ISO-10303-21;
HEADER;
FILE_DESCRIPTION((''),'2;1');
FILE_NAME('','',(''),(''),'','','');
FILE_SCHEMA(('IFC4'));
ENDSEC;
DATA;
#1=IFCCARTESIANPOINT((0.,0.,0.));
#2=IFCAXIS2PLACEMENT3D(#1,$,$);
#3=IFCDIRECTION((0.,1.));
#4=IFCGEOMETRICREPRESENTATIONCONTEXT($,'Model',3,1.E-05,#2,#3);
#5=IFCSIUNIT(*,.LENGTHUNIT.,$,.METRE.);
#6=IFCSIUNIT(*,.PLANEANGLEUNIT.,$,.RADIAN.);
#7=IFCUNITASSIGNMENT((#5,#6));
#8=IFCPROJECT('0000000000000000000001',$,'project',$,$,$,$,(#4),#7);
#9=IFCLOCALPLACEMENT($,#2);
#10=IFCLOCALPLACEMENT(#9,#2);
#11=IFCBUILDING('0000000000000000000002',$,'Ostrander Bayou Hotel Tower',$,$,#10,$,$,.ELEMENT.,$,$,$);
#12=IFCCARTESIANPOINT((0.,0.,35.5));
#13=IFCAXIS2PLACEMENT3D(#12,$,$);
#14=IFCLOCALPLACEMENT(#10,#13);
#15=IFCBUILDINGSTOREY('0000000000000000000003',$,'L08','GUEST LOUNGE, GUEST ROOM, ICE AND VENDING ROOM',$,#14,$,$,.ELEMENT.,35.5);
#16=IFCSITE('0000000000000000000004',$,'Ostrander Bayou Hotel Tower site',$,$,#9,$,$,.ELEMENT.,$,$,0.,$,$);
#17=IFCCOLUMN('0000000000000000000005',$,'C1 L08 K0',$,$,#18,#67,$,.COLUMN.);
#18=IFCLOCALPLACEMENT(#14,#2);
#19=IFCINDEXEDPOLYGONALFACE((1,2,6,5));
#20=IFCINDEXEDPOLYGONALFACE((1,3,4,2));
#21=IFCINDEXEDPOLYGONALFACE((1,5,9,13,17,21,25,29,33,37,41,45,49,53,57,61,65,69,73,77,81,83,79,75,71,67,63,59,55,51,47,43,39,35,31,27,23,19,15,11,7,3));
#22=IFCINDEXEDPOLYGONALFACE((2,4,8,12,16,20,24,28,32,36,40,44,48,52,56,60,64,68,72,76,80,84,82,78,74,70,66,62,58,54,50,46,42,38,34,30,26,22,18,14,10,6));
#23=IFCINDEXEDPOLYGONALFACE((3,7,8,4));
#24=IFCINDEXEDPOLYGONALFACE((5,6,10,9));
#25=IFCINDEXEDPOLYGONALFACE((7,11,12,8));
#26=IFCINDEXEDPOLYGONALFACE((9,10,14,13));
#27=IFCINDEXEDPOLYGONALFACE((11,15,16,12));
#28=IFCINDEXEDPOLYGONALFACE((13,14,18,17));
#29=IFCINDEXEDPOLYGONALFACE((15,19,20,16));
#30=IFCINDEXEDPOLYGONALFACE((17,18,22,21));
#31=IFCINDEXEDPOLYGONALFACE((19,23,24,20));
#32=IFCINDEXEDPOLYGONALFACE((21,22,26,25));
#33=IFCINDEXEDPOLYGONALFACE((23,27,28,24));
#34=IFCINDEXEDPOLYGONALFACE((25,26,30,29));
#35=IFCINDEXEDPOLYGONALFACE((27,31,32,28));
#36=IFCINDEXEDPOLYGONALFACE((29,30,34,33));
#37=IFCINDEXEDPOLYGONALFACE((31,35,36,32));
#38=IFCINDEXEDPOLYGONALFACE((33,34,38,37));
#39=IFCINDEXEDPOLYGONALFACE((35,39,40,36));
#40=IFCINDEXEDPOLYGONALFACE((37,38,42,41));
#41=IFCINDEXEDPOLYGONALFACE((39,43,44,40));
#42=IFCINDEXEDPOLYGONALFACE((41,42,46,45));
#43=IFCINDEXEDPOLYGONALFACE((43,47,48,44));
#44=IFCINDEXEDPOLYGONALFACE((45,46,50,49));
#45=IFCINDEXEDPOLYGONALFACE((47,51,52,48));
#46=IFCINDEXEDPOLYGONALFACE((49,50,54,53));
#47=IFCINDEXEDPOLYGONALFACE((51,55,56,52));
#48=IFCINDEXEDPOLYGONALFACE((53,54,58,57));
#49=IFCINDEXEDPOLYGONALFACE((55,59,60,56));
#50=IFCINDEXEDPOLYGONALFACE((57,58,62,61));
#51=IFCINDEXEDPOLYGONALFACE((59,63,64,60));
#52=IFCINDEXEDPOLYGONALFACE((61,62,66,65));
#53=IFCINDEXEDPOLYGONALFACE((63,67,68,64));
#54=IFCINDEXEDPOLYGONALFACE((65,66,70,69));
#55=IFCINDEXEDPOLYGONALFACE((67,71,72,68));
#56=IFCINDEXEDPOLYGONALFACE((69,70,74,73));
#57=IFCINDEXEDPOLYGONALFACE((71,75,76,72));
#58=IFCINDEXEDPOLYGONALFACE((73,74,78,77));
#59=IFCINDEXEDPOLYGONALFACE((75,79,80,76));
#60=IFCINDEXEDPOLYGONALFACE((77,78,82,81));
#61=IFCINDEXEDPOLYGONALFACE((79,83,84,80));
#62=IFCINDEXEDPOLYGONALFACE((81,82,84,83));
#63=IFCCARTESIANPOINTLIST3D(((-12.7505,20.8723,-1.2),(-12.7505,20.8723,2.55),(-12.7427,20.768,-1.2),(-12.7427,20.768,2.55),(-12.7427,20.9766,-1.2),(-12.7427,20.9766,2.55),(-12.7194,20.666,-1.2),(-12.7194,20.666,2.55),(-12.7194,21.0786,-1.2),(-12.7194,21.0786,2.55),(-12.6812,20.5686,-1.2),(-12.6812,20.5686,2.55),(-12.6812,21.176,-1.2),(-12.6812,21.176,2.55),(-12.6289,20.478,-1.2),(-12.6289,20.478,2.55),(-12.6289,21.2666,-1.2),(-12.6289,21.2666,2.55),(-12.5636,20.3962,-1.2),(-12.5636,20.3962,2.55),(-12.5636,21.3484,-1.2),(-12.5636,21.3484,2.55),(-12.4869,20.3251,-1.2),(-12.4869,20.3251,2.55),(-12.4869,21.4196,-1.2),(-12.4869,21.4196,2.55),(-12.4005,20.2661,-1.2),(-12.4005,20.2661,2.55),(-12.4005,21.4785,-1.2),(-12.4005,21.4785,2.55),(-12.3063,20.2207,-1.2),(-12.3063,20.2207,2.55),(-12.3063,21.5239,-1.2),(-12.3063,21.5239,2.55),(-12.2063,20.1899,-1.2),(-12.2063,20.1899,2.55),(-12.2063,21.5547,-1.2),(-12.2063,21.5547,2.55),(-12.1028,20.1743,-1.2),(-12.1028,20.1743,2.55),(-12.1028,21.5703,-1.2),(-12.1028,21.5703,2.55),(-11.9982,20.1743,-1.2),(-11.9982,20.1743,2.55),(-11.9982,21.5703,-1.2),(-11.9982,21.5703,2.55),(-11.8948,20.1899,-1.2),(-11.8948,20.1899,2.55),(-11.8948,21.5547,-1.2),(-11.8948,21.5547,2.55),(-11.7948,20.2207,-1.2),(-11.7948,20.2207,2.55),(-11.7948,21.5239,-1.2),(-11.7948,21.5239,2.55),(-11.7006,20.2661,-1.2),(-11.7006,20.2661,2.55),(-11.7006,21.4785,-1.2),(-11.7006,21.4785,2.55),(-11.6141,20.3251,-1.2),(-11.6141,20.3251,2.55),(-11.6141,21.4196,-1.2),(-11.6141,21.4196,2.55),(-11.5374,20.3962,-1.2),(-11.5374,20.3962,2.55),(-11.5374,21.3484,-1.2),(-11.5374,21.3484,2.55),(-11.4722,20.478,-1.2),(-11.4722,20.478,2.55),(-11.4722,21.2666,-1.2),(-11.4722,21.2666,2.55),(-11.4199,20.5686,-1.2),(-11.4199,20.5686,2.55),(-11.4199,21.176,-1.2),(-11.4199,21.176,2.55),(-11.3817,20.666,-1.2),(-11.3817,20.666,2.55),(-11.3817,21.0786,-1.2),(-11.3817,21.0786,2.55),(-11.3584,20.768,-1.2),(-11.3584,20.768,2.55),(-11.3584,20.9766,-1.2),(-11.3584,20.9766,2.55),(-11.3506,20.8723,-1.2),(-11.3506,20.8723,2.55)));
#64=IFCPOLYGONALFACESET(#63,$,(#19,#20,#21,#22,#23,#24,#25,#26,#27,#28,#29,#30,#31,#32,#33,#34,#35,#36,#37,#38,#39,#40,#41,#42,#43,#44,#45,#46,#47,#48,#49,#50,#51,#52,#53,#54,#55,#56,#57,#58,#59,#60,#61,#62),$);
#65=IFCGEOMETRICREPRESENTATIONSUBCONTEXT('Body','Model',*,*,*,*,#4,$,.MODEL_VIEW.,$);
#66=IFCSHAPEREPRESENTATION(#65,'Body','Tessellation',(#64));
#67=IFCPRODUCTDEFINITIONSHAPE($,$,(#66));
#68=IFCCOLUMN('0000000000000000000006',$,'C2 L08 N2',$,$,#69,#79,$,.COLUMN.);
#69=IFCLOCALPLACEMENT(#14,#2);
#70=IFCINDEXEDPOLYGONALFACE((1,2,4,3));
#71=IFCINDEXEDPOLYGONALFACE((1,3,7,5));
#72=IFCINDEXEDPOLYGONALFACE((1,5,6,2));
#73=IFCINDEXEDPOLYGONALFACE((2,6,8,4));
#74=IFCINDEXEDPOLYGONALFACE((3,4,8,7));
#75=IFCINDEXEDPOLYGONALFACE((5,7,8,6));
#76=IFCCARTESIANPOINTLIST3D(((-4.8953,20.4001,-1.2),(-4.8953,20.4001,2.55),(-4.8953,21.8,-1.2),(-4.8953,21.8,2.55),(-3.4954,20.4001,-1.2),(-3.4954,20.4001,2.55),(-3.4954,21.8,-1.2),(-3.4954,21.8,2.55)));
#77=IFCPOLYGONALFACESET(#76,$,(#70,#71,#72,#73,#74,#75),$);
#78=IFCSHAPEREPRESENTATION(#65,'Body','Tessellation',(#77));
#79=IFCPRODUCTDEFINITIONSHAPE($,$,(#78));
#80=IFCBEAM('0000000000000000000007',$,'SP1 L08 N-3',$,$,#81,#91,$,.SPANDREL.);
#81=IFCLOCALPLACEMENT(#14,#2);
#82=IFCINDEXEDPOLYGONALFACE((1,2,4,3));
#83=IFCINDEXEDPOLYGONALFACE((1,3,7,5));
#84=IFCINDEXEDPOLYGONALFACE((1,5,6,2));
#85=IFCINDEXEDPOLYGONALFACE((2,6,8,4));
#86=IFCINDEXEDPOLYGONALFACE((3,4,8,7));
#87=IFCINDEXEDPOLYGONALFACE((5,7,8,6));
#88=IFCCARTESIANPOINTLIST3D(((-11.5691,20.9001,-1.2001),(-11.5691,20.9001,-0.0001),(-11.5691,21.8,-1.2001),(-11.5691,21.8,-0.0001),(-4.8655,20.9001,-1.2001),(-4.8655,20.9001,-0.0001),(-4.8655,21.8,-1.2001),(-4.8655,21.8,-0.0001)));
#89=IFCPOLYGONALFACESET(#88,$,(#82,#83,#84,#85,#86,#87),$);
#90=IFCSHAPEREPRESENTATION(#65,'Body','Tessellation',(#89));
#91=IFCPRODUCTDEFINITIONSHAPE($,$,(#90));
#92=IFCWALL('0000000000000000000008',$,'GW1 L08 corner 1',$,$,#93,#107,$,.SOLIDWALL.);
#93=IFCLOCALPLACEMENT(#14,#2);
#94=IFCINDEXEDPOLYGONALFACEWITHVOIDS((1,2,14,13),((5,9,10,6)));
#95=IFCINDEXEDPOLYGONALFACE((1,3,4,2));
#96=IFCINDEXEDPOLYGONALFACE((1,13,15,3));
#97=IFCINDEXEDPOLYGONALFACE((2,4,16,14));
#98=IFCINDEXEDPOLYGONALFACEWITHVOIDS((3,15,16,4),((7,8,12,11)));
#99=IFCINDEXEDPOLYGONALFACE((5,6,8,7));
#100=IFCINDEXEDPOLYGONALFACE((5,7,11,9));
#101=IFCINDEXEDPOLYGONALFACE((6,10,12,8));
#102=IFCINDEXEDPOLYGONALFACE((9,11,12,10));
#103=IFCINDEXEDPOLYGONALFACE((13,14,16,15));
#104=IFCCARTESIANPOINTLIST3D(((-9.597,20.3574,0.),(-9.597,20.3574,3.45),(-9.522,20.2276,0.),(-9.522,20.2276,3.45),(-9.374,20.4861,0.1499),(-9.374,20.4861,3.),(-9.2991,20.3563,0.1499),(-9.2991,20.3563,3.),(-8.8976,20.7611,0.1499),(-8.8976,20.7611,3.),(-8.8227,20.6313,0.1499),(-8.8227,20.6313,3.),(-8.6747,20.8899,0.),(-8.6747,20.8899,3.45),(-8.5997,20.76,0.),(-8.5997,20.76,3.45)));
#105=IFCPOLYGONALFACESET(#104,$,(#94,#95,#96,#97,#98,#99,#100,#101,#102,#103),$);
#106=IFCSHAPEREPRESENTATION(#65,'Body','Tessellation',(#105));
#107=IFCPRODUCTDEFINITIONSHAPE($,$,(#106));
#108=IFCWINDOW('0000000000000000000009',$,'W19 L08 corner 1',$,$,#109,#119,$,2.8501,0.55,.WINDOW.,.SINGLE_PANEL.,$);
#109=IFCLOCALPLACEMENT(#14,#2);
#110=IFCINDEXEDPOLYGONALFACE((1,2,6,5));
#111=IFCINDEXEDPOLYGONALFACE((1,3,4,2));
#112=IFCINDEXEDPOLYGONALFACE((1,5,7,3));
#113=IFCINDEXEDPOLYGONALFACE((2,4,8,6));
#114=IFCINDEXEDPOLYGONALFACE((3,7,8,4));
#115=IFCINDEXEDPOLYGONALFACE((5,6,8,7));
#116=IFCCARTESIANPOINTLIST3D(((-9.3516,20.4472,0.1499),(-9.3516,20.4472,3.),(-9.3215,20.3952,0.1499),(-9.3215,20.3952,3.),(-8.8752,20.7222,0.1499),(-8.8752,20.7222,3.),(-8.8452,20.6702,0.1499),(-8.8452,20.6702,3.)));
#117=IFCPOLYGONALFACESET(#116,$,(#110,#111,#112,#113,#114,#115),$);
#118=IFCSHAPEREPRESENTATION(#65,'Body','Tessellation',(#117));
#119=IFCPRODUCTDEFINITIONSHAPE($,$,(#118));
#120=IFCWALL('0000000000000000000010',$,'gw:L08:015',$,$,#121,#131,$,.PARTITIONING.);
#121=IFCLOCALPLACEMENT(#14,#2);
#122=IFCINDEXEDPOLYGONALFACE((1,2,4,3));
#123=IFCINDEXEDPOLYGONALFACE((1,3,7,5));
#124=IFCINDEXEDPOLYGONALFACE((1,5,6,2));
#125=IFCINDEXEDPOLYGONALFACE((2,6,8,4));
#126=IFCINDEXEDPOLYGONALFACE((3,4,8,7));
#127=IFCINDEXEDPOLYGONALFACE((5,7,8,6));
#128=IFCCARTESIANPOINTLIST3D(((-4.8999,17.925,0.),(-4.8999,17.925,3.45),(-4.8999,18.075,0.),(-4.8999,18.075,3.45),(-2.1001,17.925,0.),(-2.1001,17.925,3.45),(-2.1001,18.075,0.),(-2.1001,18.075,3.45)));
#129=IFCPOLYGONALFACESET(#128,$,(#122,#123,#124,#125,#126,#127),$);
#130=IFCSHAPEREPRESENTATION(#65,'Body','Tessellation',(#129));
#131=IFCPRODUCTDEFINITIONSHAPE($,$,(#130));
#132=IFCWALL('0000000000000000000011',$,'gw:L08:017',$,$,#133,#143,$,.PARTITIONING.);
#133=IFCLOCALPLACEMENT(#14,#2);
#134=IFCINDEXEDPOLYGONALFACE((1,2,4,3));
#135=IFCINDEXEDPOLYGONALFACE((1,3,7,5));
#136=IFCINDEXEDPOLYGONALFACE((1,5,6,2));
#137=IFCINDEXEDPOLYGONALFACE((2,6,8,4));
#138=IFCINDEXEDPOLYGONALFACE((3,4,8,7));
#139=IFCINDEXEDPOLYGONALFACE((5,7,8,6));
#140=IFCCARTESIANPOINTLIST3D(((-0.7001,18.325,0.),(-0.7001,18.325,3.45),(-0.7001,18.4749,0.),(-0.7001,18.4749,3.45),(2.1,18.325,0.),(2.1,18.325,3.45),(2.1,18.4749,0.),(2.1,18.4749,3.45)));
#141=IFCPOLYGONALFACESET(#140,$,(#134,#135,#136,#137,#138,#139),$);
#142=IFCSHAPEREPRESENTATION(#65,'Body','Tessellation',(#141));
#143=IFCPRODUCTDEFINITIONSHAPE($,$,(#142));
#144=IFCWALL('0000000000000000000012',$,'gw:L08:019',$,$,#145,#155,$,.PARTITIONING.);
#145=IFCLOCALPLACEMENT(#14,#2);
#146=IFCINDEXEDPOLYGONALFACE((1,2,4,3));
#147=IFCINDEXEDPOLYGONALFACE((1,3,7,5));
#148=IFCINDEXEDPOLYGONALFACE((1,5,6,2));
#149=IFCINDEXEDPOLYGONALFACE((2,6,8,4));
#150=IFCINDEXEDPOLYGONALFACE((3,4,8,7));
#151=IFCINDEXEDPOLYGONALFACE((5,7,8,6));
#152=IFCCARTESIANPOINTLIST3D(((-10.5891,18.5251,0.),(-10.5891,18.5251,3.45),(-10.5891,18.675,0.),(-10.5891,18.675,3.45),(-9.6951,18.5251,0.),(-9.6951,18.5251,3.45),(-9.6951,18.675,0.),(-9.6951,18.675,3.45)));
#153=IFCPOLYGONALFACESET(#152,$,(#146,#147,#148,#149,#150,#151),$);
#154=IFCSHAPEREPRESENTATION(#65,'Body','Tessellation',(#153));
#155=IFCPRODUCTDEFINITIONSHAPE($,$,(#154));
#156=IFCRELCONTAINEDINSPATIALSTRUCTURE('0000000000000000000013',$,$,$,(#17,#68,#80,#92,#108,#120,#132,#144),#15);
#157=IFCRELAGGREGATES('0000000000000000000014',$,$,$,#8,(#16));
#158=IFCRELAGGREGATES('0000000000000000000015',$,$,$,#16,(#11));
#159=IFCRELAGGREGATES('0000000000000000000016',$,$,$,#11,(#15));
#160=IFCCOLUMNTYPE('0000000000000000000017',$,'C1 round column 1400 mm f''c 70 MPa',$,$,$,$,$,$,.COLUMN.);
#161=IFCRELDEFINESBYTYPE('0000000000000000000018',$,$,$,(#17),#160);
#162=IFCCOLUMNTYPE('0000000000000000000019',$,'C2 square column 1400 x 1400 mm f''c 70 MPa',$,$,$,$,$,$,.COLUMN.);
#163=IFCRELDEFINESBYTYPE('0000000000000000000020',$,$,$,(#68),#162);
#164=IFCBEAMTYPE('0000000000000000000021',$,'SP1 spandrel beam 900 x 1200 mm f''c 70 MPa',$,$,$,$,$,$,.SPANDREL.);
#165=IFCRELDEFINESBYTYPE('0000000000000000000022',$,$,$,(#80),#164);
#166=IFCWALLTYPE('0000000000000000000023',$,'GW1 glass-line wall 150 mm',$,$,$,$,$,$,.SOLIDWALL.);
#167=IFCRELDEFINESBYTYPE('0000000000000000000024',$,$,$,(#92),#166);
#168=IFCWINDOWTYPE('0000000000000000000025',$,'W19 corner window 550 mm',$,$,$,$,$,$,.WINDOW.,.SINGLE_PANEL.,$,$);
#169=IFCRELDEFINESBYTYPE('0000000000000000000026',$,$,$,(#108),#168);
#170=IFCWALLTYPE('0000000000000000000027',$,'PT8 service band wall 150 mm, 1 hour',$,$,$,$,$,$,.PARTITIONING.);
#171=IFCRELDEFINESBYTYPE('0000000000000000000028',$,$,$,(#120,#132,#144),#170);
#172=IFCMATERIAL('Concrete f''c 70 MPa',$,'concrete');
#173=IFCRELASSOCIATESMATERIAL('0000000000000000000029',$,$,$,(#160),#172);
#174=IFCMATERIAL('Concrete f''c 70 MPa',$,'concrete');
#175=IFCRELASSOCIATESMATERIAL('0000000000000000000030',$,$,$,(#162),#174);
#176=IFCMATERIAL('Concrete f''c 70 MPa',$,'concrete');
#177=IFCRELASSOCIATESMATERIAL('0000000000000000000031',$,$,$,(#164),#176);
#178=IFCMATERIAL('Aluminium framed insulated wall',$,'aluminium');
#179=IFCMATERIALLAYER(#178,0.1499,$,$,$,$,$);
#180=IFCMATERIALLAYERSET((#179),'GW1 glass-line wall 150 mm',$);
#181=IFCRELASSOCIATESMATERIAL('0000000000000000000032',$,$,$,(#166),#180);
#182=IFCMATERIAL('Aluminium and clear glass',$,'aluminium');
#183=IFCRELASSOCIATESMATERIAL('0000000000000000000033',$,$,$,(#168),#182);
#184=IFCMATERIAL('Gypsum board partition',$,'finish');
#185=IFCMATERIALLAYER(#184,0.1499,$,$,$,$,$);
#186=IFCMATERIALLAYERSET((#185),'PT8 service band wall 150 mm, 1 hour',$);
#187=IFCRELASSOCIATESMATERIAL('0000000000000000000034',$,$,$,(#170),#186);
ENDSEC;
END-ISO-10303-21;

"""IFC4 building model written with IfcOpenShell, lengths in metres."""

from ifc_helpers import new_model, si_unit, direction, frame, frame_2d, origin, origin_2d, place, context, subcontext, project, spatial, rectangle, circle, extrude, material, layer, layer_set, material_profile, profile_set, type_object, element, fill, save


model = new_model("IFC4")

# Units and contexts
model_context = context("Model", 3, precision=1e-05, world=origin(), true_north=direction((0.0, 1.0)))
body_context = subcontext(model_context, "Body", "Model", "MODEL_VIEW")
ifc_project = project(units=[si_unit("LENGTHUNIT", "METRE"), si_unit("PLANEANGLEUNIT", "RADIAN")], contexts=[model_context])

# Site, building, storey
site_placement = place(None, origin())
site = spatial("IfcSite", under=ifc_project, at=site_placement, Name="Ostrander Bayou Hotel Tower site", CompositionType="ELEMENT", RefElevation=0.0)
building_placement = place(site_placement, origin())
building = spatial("IfcBuilding", under=site, at=building_placement, Name="Ostrander Bayou Hotel Tower", CompositionType="ELEMENT")
storey_placement = place(building_placement, frame((0.0, 0.0, 35.5)))
storey = spatial("IfcBuildingStorey", under=building, at=storey_placement, Name="L08", Description="GUEST LOUNGE, GUEST ROOM, ICE AND VENDING ROOM", CompositionType="ELEMENT", Elevation=35.5)

# Columns
ifc_material_1 = material(Name="Concrete f'c 70 MPa", Category="concrete")
ifc_material_profile_1 = material_profile(ifc_material_1, circle(Radius=0.7, at=origin_2d()))
ifc_profile_set_1 = profile_set([ifc_material_profile_1], Name="Concrete f'c 70 MPa")
column_type_1 = type_object("IfcColumnType", Name="C1 round column 1400 mm f'c 70 MPa", PredefinedType="COLUMN", material=ifc_profile_set_1)
column_1_placement = place(storey_placement, frame((-12.0505, 20.8723, -1.2), z_axis=(0.0, 0.0, 1.0), x_axis=(1.0, 0.0, 0.0)))
element("IfcColumn", 1, at=column_1_placement, inside=storey, type_object=column_type_1, Name="C1 L08 K0", PredefinedType="COLUMN", context=body_context, shape_type="SweptSolid", body=[
    extrude(circle(Radius=0.7, at=origin_2d()), origin(), (0.0, 0.0, 1.0), 3.75),
])
ifc_material_2 = material(Name="Concrete f'c 70 MPa", Category="concrete")
ifc_material_profile_2 = material_profile(ifc_material_2, rectangle(XDim=1.3999, YDim=1.3999, at=origin_2d()))
ifc_profile_set_2 = profile_set([ifc_material_profile_2], Name="Concrete f'c 70 MPa")
column_type_2 = type_object("IfcColumnType", Name="C2 square column 1400 x 1400 mm f'c 70 MPa", PredefinedType="COLUMN", material=ifc_profile_set_2)
column_2_placement = place(storey_placement, frame((-4.1953, 21.1001, -1.2), z_axis=(0.0, 0.0, 1.0), x_axis=(1.0, 0.0, 0.0)))
element("IfcColumn", 2, at=column_2_placement, inside=storey, type_object=column_type_2, Name="C2 L08 N2", PredefinedType="COLUMN", context=body_context, shape_type="SweptSolid", body=[
    extrude(rectangle(XDim=1.3999, YDim=1.3999, at=origin_2d()), origin(), (0.0, 0.0, 1.0), 3.75),
])

# Beam
ifc_material_3 = material(Name="Concrete f'c 70 MPa", Category="concrete")
ifc_material_profile_3 = material_profile(ifc_material_3, rectangle(XDim=0.8999, YDim=1.2, at=origin_2d()))
ifc_profile_set_3 = profile_set([ifc_material_profile_3], Name="Concrete f'c 70 MPa")
beam_type = type_object("IfcBeamType", Name="SP1 spandrel beam 900 x 1200 mm f'c 70 MPa", PredefinedType="SPANDREL", material=ifc_profile_set_3)
beam_placement = place(storey_placement, frame((-4.8655, 21.3501, -0.6001), z_axis=(-1.0, 0.0, 0.0), x_axis=(0.0, -1.0, 0.0)))
element("IfcBeam", 3, at=beam_placement, inside=storey, type_object=beam_type, Name="SP1 L08 N-3", PredefinedType="SPANDREL", context=body_context, shape_type="SweptSolid", body=[
    extrude(rectangle(XDim=0.8999, YDim=1.2, at=origin_2d()), origin(), (0.0, 0.0, 1.0), 6.7036),
])

# Shared definitions
ifc_material_4 = material(Name="Aluminium framed insulated wall", Category="aluminium")
ifc_layer_1 = layer(ifc_material_4, 0.1499)
ifc_layer_set_1 = layer_set([ifc_layer_1], Name="GW1 glass-line wall 150 mm")
wall_type_1 = type_object("IfcWallType", Name="GW1 glass-line wall 150 mm", PredefinedType="SOLIDWALL", material=ifc_layer_set_1)

# Wall, opening, window
wall_1_placement = place(storey_placement, frame((-8.6372, 20.825, 0.0), z_axis=(0.0, 0.0, 1.0), x_axis=(-0.866048, -0.499961, 0.0)))
wall_1 = element("IfcWall", 4, at=wall_1_placement, inside=storey, type_object=wall_type_1, Name="GW1 L08 corner 1", PredefinedType="SOLIDWALL", context=body_context, shape_type="SweptSolid", body=[
    extrude(rectangle(XDim=1.0649, YDim=0.1499, at=frame_2d((0.5325, 0.0))), origin(), (0.0, 0.0, 1.0), 3.45),
])
opening_1_placement = place(wall_1_placement, frame((0.2576, 0.0, 0.1499)))
opening_1 = element("IfcOpeningElement", 5, at=opening_1_placement, cuts=wall_1, PredefinedType="OPENING", context=body_context, shape_type="SweptSolid", body=[
    extrude(rectangle(XDim=0.55, YDim=2.8501, at=frame_2d((0.2749, 1.425))), frame((0.0, 0.075, 0.0), z_axis=(0.0, -1.0, 0.0), x_axis=(1.0, 0.0, 0.0)), (0.0, 0.0, 1.0), 0.1499),
])
ifc_material_5 = material(Name="Aluminium and clear glass", Category="aluminium")
window_type_1 = type_object("IfcWindowType", Name="W19 corner window 550 mm", PartitioningType="SINGLE_PANEL", PredefinedType="WINDOW", material=ifc_material_5)
window_1_placement = place(opening_1_placement, origin())
window_1 = element("IfcWindow", 6, at=window_1_placement, inside=storey, type_object=window_type_1, Name="W19 L08 corner 1", OverallHeight=2.8501, OverallWidth=0.55, PartitioningType="SINGLE_PANEL", PredefinedType="WINDOW", context=body_context, shape_type="SweptSolid", body=[
    extrude(rectangle(XDim=0.55, YDim=2.8501, at=frame_2d((0.2749, 1.425))), frame((0.0, 0.03, 0.0), z_axis=(0.0, -1.0, 0.0), x_axis=(1.0, 0.0, 0.0)), (0.0, 0.0, 1.0), 0.0601),
])
fill(opening_1, window_1)

# Walls
ifc_material_6 = material(Name="Gypsum board partition", Category="finish")
ifc_layer_2 = layer(ifc_material_6, 0.1499)
ifc_layer_set_2 = layer_set([ifc_layer_2], Name="PT8 service band wall 150 mm, 1 hour")
wall_type_2 = type_object("IfcWallType", Name="PT8 service band wall 150 mm, 1 hour", PredefinedType="PARTITIONING", material=ifc_layer_set_2)
wall_2_placement = place(storey_placement, frame((-4.8999, 18.0, 0.0), z_axis=(0.0, 0.0, 1.0), x_axis=(1.0, 0.0, 0.0)))
element("IfcWall", 7, at=wall_2_placement, inside=storey, type_object=wall_type_2, Name="gw:L08:015", PredefinedType="PARTITIONING", context=body_context, shape_type="SweptSolid", body=[
    extrude(rectangle(XDim=2.7998, YDim=0.1499, at=frame_2d((1.3999, 0.0))), origin(), (0.0, 0.0, 1.0), 3.45),
])
wall_3_placement = place(storey_placement, frame((-0.7, 18.3999, 0.0), z_axis=(0.0, 0.0, 1.0), x_axis=(1.0, 0.0, 0.0)))
element("IfcWall", 8, at=wall_3_placement, inside=storey, type_object=wall_type_2, Name="gw:L08:017", PredefinedType="PARTITIONING", context=body_context, shape_type="SweptSolid", body=[
    extrude(rectangle(XDim=2.8, YDim=0.1499, at=frame_2d((1.3999, 0.0))), origin(), (0.0, 0.0, 1.0), 3.45),
])
wall_4_placement = place(storey_placement, frame((-10.5891, 18.6001, 0.0), z_axis=(0.0, 0.0, 1.0), x_axis=(1.0, 0.0, 0.0)))
element("IfcWall", 9, at=wall_4_placement, inside=storey, type_object=wall_type_2, Name="gw:L08:019", PredefinedType="PARTITIONING", context=body_context, shape_type="SweptSolid", body=[
    extrude(rectangle(XDim=0.894, YDim=0.1499, at=frame_2d((0.447, 0.0))), origin(), (0.0, 0.0, 1.0), 3.45),
])

save(model, "model.ifc")
